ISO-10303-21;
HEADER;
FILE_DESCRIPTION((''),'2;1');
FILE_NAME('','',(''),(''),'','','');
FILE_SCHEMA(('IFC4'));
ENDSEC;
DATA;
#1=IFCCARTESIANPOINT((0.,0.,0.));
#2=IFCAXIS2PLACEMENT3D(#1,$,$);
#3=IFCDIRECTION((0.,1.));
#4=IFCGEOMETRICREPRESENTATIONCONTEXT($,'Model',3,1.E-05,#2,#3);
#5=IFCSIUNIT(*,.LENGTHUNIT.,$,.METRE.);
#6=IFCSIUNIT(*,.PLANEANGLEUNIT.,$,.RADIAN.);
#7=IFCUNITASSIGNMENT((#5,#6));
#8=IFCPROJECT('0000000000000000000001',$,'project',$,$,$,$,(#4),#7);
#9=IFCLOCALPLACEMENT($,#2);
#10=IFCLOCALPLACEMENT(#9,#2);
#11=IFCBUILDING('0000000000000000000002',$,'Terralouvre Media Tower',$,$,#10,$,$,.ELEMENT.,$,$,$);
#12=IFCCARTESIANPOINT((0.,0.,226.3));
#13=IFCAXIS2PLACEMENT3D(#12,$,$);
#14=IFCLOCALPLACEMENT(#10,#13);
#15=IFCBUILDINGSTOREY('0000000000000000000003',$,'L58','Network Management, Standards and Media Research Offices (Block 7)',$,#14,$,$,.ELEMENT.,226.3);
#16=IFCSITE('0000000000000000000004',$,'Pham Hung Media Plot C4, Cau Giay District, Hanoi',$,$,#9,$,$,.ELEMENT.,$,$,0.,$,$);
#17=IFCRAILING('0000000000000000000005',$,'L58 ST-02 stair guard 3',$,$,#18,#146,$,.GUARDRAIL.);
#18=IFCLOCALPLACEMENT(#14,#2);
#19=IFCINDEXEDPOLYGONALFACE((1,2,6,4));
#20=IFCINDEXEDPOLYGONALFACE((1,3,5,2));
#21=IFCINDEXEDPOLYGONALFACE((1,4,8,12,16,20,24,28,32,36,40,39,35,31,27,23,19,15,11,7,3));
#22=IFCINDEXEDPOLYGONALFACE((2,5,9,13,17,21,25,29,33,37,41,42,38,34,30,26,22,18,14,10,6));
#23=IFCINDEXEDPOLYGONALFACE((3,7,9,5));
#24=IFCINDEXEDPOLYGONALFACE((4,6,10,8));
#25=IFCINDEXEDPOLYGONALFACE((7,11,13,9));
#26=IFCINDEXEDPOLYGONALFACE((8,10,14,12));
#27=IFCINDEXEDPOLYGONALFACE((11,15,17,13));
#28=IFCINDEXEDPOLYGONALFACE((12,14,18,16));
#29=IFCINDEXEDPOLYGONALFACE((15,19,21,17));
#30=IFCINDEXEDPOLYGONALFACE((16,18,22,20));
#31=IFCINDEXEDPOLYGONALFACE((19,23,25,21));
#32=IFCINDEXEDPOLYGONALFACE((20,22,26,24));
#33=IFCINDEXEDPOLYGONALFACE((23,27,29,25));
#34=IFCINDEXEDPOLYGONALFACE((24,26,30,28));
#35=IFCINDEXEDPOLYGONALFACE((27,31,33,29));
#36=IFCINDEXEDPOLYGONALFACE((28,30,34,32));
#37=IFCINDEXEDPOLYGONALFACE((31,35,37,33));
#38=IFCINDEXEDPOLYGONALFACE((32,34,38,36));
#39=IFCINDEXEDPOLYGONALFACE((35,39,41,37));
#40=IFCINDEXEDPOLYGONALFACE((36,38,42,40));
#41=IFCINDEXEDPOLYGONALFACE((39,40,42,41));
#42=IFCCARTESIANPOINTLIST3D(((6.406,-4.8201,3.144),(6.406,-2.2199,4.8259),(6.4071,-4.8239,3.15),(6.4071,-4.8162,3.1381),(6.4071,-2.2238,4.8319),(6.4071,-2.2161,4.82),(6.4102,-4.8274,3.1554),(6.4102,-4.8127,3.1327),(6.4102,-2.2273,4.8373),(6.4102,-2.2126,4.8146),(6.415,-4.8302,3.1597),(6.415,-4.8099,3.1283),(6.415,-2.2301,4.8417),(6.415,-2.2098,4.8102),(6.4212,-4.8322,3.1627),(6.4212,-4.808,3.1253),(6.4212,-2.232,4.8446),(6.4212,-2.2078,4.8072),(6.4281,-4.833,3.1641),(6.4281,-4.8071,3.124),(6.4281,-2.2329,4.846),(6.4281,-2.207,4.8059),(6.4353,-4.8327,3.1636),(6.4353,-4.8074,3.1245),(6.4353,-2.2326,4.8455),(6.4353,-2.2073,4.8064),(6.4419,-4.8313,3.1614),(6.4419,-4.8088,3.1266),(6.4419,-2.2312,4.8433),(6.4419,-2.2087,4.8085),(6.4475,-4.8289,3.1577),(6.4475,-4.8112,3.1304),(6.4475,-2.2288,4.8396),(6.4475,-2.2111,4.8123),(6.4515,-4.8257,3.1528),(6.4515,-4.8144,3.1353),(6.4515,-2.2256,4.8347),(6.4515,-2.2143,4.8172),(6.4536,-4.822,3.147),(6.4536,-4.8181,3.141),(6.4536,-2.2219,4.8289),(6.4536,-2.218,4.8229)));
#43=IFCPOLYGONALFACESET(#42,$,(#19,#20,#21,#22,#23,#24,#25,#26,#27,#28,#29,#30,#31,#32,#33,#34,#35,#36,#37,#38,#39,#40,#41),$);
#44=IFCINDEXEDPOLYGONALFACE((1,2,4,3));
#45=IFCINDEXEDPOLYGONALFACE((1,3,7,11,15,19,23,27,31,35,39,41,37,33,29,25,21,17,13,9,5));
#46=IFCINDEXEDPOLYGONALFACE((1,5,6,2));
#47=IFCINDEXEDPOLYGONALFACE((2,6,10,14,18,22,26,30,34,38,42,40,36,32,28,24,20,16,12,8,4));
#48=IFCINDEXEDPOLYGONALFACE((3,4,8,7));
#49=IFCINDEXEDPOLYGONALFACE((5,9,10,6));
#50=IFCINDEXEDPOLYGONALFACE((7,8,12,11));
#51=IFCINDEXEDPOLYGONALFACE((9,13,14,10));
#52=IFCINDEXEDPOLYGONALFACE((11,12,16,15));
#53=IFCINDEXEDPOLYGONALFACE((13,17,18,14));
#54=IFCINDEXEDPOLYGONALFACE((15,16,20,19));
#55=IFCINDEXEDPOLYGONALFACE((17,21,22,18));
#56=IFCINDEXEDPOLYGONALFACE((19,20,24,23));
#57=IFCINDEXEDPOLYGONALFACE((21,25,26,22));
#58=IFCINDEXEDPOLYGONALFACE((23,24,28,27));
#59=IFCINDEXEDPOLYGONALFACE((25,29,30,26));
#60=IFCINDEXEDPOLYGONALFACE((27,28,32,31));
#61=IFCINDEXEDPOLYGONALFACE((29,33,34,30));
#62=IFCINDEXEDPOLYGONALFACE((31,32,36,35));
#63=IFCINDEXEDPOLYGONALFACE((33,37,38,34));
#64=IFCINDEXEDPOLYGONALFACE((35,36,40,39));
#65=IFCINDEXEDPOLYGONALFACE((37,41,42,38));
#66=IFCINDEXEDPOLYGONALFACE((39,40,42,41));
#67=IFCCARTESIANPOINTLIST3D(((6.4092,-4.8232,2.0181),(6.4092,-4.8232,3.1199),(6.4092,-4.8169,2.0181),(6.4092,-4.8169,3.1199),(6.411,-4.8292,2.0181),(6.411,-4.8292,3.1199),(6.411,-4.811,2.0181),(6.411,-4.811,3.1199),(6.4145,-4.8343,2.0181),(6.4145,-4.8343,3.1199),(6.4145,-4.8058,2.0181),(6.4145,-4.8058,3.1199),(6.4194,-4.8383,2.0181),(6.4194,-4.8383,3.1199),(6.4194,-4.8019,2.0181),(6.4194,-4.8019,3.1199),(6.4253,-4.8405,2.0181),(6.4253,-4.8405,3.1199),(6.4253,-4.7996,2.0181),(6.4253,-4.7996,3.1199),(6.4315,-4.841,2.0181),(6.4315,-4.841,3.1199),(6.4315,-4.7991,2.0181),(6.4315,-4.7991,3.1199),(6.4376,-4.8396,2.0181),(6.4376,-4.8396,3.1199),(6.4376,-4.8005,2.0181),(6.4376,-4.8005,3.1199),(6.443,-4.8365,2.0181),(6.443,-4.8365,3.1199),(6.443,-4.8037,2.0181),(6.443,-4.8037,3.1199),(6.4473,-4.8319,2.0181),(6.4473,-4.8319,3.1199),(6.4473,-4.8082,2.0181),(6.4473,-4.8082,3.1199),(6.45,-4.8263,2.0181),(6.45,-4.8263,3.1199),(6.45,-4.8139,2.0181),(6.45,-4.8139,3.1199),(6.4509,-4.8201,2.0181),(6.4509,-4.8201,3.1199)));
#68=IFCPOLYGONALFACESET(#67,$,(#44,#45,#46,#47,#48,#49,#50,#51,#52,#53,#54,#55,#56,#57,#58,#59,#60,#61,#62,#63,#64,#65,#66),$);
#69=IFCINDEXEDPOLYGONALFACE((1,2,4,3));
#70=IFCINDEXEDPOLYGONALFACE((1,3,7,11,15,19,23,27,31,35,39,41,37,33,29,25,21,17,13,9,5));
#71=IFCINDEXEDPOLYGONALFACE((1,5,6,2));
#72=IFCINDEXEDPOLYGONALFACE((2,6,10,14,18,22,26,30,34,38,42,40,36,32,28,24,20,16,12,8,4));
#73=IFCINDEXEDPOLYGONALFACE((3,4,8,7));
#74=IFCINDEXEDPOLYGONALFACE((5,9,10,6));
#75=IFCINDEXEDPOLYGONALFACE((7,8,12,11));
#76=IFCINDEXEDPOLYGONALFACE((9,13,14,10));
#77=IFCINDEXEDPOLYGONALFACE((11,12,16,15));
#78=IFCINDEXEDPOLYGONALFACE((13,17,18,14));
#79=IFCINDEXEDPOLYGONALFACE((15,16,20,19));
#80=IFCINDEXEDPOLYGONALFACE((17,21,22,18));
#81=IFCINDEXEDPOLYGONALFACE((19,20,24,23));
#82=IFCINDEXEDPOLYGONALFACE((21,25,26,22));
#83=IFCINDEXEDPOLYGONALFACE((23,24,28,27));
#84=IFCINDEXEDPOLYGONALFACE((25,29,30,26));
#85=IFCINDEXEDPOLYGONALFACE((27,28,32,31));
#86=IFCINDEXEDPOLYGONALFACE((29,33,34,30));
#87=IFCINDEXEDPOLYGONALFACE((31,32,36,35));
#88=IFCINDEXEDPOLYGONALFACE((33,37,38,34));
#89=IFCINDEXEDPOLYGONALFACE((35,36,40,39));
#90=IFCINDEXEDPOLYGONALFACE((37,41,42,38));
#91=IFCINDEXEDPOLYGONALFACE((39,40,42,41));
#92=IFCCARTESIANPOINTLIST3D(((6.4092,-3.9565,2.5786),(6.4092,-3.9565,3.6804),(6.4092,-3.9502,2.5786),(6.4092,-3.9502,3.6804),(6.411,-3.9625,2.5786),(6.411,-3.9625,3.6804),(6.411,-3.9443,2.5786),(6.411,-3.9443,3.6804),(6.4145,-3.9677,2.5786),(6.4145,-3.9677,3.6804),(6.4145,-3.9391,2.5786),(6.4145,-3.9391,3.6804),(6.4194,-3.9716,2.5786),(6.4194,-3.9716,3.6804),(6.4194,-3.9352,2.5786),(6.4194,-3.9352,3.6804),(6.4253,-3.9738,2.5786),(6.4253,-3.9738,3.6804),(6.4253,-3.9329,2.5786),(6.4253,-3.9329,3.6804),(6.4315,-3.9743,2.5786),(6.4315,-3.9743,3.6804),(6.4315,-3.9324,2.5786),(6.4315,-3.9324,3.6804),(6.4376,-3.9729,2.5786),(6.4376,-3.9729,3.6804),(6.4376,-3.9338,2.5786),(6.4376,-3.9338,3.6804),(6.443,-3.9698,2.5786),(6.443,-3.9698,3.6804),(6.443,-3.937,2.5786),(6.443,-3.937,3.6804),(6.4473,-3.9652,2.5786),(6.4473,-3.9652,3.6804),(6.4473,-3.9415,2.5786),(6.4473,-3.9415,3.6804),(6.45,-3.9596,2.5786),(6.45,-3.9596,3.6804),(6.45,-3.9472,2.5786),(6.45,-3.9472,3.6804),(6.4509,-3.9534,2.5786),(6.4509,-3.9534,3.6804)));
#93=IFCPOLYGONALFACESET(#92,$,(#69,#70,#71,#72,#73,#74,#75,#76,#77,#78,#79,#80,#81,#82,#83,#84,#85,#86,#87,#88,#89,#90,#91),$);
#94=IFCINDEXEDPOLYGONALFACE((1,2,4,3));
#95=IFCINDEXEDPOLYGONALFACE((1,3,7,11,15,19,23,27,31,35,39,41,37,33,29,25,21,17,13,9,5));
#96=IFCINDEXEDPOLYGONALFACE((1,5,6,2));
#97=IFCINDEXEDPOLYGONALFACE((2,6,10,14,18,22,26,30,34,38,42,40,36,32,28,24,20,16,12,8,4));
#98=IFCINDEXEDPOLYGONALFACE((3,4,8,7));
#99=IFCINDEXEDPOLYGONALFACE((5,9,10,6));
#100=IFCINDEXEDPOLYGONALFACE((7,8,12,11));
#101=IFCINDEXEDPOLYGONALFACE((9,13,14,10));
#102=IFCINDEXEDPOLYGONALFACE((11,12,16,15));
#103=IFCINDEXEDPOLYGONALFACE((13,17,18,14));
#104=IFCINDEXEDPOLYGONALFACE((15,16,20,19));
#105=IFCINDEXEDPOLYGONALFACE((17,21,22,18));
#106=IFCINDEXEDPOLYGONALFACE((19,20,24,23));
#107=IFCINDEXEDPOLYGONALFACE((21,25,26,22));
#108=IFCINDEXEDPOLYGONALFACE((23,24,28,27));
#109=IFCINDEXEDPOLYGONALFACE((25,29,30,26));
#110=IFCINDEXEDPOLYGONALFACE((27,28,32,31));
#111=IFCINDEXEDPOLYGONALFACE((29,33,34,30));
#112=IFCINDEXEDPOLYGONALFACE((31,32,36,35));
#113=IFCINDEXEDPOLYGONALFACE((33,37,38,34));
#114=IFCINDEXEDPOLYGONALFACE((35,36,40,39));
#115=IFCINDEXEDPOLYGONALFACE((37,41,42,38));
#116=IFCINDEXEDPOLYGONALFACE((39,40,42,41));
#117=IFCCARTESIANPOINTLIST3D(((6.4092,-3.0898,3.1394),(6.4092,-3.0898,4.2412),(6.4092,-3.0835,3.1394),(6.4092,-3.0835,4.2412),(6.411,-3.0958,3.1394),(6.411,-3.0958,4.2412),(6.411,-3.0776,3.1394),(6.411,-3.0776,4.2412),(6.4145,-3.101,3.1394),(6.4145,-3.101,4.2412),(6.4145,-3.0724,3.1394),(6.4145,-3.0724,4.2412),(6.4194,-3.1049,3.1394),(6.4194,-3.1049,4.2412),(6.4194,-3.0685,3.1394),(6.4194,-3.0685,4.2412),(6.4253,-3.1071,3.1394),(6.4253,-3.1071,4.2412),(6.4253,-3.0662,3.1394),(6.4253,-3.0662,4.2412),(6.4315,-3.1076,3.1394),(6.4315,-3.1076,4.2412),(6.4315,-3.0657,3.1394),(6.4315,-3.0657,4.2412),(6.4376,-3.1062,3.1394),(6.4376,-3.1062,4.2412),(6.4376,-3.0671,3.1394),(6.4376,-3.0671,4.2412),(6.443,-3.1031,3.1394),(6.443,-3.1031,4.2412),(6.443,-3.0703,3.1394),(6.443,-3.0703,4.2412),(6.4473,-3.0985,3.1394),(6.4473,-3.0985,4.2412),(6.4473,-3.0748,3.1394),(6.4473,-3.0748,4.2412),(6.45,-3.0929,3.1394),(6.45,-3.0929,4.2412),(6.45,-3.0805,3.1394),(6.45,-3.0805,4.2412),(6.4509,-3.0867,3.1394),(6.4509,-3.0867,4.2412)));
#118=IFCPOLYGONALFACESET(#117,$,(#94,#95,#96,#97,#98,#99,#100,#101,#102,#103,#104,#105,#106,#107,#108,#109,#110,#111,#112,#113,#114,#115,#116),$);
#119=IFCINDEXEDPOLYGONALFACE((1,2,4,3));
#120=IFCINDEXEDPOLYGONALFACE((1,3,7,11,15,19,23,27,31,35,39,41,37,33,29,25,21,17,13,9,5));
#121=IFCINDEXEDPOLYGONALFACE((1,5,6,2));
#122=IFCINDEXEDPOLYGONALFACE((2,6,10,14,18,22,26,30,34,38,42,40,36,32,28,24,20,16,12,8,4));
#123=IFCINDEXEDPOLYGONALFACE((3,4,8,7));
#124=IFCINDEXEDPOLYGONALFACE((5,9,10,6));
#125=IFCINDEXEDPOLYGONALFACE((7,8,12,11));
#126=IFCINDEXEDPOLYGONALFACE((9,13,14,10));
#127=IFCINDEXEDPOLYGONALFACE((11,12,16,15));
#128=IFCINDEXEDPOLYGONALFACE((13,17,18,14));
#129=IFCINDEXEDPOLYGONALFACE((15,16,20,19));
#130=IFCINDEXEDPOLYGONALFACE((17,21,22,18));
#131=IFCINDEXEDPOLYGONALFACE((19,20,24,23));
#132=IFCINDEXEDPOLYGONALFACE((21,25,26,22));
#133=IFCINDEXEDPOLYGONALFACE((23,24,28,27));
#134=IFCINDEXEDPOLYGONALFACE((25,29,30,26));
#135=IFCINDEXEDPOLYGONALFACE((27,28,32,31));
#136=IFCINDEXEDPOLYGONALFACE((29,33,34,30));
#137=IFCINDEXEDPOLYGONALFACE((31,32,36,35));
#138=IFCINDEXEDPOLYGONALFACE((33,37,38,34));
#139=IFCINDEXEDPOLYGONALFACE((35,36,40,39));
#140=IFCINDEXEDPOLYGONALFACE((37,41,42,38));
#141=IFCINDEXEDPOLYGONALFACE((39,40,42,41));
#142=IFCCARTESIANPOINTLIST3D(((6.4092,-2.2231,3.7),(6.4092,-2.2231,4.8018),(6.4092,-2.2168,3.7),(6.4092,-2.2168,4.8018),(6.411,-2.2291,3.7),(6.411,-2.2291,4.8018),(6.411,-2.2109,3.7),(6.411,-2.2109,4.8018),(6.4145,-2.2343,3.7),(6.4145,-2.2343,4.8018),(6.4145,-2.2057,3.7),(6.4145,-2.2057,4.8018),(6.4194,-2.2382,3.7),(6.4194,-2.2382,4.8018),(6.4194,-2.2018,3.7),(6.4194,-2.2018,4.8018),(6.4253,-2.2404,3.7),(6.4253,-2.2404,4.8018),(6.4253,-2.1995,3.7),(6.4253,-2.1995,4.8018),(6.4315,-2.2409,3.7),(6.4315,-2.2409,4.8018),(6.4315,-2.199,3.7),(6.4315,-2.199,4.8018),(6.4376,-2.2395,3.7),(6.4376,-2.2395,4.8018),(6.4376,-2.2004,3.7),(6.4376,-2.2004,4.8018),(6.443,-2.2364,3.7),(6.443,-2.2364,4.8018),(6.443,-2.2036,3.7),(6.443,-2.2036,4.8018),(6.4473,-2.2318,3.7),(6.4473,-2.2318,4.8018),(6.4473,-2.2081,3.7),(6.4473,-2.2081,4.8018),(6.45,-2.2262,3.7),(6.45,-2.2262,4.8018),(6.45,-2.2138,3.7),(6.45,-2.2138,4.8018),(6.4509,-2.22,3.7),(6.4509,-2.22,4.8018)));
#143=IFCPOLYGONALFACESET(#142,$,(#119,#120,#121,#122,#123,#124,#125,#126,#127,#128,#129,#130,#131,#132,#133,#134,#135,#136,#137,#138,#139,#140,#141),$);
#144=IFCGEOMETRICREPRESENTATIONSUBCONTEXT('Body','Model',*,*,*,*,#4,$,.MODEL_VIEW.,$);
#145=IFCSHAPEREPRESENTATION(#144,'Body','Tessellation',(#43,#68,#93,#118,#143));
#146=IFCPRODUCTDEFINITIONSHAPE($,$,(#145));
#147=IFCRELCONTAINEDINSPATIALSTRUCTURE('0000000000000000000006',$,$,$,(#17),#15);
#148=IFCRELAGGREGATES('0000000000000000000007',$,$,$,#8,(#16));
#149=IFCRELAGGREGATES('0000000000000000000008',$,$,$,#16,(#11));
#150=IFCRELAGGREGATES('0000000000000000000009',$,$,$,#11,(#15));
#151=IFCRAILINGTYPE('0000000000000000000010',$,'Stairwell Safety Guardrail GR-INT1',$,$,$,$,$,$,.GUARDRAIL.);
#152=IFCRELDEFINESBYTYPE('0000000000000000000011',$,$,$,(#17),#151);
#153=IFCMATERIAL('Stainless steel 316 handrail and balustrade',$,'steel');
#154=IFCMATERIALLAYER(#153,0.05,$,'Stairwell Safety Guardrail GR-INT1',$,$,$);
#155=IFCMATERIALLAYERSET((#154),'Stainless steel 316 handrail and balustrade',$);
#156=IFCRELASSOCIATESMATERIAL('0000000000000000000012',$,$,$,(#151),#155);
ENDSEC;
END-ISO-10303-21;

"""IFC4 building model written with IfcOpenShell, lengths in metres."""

from ifc_helpers import new_model, si_unit, direction, frame, origin, origin_2d, place, context, subcontext, project, spatial, circle, extrude, material, layer, layer_set, type_object, element, save


model = new_model("IFC4")

# Units and contexts
model_context = context("Model", 3, precision=1e-05, world=origin(), true_north=direction((0.0, 1.0)))
body_context = subcontext(model_context, "Body", "Model", "MODEL_VIEW")
ifc_project = project(units=[si_unit("LENGTHUNIT", "METRE"), si_unit("PLANEANGLEUNIT", "RADIAN")], contexts=[model_context])

# Site, building, storey
site_placement = place(None, origin())
site = spatial("IfcSite", under=ifc_project, at=site_placement, Name="Pham Hung Media Plot C4, Cau Giay District, Hanoi", CompositionType="ELEMENT", RefElevation=0.0)
building_placement = place(site_placement, origin())
building = spatial("IfcBuilding", under=site, at=building_placement, Name="Terralouvre Media Tower", CompositionType="ELEMENT")
storey_placement = place(building_placement, frame((0.0, 0.0, 226.3)))
storey = spatial("IfcBuildingStorey", under=building, at=storey_placement, Name="L58", Description="Network Management, Standards and Media Research Offices (Block 7)", CompositionType="ELEMENT", Elevation=226.3)

# Railing
ifc_material_1 = material(Name="Stainless steel 316 handrail and balustrade", Category="steel")
ifc_layer_1 = layer(ifc_material_1, 0.05, Name="Stairwell Safety Guardrail GR-INT1")
ifc_layer_set_1 = layer_set([ifc_layer_1], Name="Stainless steel 316 handrail and balustrade")
railing_type_1 = type_object("IfcRailingType", Name="Stairwell Safety Guardrail GR-INT1", PredefinedType="GUARDRAIL", material=ifc_layer_set_1)
railing_1_placement = place(storey_placement, frame((6.4299, -4.8201, 2.0181)))
element("IfcRailing", 1, at=railing_1_placement, inside=storey, type_object=railing_type_1, Name="L58 ST-02 stair guard 3", PredefinedType="GUARDRAIL", context=body_context, shape_type="SweptSolid", body=[
    extrude(circle(Radius=0.0239, at=origin_2d()), frame((0.0, 0.0, 1.126), z_axis=(0.0, 0.839648, 0.54313), x_axis=(-1.0, 0.0, 0.0)), (0.0, 0.0, 1.0), 3.0967),
    extrude(circle(Radius=0.021, at=origin_2d()), origin(), (0.0, 0.0, 1.0), 1.1018),
    extrude(circle(Radius=0.021, at=origin_2d()), frame((0.0, 0.8667, 0.5605)), (0.0, 0.0, 1.0), 1.1018),
    extrude(circle(Radius=0.021, at=origin_2d()), frame((0.0, 1.7334, 1.1213)), (0.0, 0.0, 1.0), 1.1018),
    extrude(circle(Radius=0.021, at=origin_2d()), frame((0.0, 2.6001, 1.6819)), (0.0, 0.0, 1.0), 1.1018),
])

save(model, "model.ifc")
